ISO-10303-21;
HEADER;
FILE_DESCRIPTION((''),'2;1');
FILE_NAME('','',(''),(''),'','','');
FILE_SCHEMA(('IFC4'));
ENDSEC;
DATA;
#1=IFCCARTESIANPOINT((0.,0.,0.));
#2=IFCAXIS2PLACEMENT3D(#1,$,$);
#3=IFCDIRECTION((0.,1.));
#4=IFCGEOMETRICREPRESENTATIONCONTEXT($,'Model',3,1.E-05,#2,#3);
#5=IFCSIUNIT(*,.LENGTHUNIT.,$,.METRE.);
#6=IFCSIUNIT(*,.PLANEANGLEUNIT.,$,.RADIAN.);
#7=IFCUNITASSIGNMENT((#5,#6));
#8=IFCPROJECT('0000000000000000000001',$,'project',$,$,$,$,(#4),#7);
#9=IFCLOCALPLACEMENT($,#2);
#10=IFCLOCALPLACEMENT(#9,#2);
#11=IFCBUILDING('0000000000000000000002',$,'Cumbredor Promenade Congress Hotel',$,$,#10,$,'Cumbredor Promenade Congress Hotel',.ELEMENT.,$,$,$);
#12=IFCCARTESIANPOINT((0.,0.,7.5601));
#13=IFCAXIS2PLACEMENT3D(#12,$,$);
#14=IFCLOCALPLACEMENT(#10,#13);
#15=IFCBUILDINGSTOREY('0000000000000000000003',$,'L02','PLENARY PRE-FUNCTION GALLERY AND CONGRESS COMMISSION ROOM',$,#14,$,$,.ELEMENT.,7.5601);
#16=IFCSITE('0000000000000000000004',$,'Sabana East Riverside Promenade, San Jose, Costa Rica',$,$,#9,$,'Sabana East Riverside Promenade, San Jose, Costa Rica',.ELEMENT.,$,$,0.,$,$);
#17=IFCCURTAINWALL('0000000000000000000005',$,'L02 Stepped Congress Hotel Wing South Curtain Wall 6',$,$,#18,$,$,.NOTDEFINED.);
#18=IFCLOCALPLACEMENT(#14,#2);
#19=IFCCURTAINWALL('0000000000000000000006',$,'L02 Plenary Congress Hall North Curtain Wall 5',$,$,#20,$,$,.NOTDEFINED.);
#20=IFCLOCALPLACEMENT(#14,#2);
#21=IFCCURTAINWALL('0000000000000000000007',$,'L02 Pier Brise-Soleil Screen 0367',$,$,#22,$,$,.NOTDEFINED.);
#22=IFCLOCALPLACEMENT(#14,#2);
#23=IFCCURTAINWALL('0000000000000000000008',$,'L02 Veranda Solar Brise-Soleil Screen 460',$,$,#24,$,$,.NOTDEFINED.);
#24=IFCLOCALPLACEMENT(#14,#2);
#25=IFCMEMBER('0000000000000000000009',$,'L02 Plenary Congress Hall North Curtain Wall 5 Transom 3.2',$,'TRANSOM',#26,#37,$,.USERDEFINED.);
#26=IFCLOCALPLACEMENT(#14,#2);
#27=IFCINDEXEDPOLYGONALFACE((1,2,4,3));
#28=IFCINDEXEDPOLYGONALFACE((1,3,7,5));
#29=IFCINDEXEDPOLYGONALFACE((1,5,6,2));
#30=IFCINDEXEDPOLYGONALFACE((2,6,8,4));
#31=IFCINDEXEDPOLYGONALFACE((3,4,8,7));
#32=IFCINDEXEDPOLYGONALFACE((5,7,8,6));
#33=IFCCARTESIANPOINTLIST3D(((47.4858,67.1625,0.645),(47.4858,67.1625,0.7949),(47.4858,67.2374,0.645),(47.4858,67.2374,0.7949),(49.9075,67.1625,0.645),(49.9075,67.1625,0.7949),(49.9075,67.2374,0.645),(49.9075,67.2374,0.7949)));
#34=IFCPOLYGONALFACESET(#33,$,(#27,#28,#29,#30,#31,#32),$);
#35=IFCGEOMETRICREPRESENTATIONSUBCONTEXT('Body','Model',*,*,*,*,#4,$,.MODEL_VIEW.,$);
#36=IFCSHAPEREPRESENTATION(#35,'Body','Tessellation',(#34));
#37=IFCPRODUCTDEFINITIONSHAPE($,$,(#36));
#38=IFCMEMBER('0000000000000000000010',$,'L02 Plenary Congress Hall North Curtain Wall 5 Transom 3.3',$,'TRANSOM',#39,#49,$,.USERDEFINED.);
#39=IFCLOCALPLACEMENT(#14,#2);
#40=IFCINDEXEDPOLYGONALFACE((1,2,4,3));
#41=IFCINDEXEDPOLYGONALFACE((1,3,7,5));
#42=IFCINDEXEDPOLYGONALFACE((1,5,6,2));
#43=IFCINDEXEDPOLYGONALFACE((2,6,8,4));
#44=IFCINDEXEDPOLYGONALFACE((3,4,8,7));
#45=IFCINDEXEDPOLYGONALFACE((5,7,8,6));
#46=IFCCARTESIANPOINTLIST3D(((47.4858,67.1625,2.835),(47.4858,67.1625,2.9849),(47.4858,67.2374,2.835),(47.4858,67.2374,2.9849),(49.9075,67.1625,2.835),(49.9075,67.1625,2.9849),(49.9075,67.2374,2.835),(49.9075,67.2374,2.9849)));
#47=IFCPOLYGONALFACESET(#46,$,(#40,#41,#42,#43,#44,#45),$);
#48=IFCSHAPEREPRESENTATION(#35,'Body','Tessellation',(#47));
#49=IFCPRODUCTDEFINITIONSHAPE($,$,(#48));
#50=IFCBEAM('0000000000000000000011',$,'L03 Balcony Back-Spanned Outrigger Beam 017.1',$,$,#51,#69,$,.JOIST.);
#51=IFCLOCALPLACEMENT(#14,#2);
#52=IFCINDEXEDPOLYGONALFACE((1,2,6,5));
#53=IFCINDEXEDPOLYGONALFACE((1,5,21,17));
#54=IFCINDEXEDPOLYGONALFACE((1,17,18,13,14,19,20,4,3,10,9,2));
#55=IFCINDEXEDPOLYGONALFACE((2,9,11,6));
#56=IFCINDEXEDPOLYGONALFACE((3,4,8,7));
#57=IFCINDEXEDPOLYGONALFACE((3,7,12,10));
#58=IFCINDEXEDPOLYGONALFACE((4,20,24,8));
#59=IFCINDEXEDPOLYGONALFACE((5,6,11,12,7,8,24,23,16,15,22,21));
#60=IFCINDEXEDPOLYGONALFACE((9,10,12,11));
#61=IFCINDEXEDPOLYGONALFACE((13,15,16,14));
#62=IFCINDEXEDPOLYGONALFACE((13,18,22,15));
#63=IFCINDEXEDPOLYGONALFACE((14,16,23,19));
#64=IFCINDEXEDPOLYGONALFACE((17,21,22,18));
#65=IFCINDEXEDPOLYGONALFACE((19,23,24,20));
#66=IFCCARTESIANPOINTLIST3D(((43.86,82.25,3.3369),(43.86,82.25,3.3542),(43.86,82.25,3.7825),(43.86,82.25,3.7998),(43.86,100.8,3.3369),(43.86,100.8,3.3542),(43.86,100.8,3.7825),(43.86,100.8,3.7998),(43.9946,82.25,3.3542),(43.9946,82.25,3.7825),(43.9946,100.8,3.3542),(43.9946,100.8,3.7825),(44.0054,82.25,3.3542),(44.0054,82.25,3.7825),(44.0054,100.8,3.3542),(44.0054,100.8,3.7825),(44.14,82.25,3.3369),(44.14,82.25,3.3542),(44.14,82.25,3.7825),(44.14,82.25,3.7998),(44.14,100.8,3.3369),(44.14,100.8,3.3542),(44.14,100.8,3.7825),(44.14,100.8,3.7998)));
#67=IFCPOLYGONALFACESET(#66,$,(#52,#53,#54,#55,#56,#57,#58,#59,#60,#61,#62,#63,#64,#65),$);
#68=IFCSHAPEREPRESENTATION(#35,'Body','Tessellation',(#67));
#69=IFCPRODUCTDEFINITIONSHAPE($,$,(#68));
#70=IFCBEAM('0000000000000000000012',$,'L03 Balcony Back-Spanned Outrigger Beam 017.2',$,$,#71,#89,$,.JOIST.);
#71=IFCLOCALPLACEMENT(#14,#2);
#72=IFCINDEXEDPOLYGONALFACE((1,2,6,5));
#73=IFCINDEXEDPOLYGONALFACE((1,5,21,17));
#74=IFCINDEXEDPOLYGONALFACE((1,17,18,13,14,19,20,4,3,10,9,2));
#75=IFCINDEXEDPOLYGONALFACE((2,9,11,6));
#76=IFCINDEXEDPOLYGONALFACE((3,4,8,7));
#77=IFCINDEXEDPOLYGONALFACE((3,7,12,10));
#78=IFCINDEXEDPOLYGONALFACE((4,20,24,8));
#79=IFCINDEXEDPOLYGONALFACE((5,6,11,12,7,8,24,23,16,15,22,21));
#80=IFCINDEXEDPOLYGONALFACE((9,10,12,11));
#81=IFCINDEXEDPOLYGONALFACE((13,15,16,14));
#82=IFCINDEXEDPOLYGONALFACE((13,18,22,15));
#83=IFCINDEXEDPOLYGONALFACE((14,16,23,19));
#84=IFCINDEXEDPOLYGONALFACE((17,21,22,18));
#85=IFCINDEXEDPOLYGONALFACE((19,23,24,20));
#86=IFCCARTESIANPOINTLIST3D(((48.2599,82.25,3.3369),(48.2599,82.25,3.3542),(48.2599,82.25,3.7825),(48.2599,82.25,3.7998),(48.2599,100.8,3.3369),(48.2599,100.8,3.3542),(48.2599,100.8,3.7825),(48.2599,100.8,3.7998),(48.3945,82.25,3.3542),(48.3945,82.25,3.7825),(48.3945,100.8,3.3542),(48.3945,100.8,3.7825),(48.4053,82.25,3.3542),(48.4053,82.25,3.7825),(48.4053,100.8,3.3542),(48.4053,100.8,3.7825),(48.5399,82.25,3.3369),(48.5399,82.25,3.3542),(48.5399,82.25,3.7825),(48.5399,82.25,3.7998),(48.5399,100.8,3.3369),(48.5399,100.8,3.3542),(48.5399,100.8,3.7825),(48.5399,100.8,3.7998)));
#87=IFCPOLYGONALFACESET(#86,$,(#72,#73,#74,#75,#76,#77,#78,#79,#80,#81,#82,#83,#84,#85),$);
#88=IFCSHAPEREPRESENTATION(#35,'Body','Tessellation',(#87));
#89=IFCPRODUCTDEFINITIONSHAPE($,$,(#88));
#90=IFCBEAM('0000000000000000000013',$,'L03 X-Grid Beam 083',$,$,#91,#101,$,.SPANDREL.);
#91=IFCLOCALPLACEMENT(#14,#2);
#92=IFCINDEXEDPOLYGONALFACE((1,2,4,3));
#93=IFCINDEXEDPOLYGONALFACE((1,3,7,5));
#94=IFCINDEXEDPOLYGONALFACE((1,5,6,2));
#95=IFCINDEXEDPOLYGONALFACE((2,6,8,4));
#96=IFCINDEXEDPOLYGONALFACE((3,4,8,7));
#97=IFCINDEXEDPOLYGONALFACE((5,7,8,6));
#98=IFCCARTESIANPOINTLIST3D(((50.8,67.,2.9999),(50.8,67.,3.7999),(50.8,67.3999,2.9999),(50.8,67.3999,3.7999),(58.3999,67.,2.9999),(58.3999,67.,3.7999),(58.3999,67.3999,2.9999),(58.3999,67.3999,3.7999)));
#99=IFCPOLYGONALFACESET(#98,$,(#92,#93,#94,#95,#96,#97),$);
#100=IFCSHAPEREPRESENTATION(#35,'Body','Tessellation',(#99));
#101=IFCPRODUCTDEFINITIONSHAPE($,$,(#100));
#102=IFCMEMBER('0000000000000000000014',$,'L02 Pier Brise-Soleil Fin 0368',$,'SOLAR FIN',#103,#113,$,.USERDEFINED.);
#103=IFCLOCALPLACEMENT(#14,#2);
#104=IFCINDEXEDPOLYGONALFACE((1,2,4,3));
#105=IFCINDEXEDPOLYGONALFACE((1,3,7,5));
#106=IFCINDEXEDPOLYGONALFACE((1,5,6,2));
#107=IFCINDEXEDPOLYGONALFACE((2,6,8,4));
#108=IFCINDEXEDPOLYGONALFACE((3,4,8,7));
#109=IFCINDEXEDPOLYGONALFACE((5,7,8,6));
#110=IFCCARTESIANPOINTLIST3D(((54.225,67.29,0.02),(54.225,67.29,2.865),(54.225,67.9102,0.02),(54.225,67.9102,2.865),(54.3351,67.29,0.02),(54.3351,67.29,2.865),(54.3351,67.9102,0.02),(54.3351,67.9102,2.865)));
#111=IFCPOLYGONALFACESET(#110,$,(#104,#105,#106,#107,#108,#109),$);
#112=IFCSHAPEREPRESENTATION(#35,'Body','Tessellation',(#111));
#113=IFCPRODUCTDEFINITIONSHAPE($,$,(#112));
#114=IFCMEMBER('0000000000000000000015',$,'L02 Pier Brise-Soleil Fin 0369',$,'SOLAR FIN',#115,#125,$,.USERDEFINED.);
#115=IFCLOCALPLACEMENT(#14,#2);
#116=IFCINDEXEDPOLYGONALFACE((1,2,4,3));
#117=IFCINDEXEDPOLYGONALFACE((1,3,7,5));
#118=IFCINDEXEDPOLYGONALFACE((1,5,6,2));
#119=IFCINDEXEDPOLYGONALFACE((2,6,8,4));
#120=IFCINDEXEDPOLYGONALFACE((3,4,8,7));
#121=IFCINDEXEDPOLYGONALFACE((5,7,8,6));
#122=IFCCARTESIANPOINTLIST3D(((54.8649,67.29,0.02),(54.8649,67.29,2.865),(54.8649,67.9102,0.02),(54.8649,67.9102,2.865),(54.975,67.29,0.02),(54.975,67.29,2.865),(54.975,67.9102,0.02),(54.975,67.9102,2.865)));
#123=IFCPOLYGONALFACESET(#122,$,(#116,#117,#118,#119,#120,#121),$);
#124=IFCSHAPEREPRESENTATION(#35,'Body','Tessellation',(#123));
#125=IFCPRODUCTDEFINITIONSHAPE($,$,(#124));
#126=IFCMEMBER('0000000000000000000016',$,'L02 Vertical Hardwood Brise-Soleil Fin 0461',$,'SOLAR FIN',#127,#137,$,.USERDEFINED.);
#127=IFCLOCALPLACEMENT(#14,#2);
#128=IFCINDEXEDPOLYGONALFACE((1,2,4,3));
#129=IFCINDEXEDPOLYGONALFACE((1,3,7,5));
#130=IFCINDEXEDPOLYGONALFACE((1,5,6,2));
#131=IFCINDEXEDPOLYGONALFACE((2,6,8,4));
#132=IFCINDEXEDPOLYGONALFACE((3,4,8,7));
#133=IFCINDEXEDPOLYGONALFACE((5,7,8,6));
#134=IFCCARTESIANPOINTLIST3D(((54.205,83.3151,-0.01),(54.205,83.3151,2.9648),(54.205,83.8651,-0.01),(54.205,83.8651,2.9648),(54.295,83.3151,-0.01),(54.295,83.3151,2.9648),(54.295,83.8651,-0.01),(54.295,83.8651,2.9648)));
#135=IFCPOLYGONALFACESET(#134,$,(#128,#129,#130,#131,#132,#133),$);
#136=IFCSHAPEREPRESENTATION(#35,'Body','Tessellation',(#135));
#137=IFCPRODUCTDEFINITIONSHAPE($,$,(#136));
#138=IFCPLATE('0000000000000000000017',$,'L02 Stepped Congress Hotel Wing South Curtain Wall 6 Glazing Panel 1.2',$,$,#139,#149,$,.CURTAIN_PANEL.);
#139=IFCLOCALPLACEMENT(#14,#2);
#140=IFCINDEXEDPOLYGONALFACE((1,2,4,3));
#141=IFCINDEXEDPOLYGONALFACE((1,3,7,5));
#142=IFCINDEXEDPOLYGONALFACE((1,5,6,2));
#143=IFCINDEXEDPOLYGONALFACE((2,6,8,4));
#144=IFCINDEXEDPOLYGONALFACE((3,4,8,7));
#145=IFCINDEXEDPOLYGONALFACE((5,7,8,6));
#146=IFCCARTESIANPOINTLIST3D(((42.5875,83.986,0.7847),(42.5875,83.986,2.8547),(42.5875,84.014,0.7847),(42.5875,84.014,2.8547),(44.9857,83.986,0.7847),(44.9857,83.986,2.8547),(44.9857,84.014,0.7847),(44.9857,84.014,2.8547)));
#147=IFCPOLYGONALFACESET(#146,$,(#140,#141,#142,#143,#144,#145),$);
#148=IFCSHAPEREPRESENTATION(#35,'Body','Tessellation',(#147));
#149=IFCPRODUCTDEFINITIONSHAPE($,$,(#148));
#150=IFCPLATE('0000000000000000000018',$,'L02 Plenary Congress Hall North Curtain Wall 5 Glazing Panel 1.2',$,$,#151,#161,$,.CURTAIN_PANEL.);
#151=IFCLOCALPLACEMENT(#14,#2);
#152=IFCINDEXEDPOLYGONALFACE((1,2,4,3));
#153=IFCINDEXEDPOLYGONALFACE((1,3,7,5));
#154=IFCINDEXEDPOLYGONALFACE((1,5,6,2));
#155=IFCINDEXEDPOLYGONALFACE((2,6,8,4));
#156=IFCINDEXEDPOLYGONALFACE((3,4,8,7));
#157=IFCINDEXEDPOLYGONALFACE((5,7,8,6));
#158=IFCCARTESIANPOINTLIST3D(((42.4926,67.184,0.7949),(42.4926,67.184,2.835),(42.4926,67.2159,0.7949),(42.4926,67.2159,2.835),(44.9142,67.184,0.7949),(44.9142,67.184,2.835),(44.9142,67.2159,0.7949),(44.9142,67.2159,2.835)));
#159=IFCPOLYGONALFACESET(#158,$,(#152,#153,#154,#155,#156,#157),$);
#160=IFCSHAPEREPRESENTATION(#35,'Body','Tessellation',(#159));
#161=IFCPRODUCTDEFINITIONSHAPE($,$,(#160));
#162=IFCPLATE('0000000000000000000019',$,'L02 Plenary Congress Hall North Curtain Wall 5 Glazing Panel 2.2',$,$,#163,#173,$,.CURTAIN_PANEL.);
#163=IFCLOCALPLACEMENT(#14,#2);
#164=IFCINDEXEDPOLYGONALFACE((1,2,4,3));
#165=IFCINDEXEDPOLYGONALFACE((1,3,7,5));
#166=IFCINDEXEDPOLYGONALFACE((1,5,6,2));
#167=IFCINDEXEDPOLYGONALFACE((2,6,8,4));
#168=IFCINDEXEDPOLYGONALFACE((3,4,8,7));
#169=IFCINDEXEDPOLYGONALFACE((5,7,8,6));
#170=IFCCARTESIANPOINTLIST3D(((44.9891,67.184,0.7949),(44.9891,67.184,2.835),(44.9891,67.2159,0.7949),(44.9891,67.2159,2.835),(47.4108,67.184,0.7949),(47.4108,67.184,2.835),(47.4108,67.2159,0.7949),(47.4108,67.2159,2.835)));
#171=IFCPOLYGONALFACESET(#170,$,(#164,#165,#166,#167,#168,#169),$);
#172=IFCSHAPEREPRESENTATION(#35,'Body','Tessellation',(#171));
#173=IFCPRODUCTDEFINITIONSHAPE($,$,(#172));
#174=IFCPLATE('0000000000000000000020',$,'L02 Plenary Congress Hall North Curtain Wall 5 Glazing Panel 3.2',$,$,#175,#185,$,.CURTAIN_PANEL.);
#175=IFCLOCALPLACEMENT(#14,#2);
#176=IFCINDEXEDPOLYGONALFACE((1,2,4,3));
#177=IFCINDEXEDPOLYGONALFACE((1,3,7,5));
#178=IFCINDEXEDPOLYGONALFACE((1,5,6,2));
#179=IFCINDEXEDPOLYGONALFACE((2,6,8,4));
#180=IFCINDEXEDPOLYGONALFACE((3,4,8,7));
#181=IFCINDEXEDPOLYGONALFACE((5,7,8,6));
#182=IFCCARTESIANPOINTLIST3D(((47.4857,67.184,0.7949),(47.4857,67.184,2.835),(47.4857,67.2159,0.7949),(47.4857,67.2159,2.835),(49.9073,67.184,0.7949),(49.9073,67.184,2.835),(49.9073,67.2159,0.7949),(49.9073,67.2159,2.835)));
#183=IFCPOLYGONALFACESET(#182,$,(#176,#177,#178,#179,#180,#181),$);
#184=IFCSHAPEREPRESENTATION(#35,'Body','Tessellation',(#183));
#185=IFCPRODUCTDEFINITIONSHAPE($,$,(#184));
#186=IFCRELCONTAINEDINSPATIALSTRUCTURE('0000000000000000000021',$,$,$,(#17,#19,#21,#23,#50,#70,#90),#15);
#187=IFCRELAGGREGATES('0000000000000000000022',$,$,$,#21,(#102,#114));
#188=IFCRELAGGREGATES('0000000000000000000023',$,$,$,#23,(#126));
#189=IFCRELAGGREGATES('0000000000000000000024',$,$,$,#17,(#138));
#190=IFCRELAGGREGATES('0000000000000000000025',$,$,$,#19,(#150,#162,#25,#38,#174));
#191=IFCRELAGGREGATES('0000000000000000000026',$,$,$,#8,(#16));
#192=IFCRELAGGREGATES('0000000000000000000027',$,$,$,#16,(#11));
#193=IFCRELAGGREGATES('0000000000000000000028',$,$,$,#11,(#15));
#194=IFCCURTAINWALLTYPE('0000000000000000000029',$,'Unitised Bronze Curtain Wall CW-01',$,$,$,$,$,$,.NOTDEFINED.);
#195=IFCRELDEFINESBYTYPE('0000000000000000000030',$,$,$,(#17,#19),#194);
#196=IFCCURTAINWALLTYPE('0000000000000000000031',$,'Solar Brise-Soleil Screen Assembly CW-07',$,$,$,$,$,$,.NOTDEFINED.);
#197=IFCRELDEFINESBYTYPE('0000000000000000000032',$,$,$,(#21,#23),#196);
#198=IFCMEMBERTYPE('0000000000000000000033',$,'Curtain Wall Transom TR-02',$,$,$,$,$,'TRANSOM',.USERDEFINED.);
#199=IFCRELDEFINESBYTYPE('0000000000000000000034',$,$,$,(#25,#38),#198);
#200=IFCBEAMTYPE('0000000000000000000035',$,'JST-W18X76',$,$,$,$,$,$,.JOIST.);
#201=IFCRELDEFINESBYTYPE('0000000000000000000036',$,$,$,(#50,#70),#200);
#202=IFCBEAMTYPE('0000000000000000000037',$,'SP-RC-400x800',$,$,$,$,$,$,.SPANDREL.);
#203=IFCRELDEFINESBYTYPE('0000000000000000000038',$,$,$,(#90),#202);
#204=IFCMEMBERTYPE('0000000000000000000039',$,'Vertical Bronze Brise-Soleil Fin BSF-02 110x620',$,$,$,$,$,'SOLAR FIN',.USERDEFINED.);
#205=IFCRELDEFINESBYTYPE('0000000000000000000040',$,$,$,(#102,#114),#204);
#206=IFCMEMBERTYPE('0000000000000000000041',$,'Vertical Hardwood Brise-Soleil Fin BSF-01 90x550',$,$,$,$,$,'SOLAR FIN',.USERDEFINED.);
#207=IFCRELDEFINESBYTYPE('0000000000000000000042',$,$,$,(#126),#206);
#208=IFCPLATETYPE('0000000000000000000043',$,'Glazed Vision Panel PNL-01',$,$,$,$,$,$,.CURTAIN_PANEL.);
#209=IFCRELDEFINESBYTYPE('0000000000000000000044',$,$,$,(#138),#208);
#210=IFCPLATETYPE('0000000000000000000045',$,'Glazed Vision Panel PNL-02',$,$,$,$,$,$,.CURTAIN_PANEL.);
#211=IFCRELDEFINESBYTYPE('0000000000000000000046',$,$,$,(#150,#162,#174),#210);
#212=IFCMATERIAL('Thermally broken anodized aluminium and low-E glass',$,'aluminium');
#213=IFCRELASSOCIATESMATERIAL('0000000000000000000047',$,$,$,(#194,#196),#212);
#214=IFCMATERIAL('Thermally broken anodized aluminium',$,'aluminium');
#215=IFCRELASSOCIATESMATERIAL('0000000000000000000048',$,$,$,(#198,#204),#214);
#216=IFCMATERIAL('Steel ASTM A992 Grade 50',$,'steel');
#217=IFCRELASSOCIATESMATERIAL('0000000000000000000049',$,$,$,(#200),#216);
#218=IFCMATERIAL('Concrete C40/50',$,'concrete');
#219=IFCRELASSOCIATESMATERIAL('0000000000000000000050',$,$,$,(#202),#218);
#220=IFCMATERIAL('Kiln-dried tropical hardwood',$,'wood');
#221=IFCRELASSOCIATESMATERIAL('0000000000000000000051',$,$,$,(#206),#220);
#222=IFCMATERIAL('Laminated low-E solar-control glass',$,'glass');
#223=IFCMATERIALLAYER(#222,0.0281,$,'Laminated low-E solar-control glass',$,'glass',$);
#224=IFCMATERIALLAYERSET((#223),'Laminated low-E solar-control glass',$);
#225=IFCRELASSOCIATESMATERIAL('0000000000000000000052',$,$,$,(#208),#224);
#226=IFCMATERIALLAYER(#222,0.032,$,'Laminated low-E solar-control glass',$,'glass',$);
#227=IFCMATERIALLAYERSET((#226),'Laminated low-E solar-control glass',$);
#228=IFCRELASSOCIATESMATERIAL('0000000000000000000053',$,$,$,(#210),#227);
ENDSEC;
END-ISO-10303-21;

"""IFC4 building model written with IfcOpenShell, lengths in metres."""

from ifc_helpers import new_model, si_unit, direction, frame, origin, origin_2d, place, context, subcontext, project, spatial, rectangle, i_section, extrude, material, layer, layer_set, material_profile, profile_set, type_object, element, aggregate, save


model = new_model("IFC4")

# Units and contexts
model_context = context("Model", 3, precision=1e-05, world=origin(), true_north=direction((0.0, 1.0)))
body_context = subcontext(model_context, "Body", "Model", "MODEL_VIEW")
ifc_project = project(units=[si_unit("LENGTHUNIT", "METRE"), si_unit("PLANEANGLEUNIT", "RADIAN")], contexts=[model_context])

# Site, building, storey
site_placement = place(None, origin())
site = spatial("IfcSite", under=ifc_project, at=site_placement, Name="Sabana East Riverside Promenade, San Jose, Costa Rica", LongName="Sabana East Riverside Promenade, San Jose, Costa Rica", CompositionType="ELEMENT", RefElevation=0.0)
building_placement = place(site_placement, origin())
building = spatial("IfcBuilding", under=site, at=building_placement, Name="Cumbredor Promenade Congress Hotel", LongName="Cumbredor Promenade Congress Hotel", CompositionType="ELEMENT")
storey_placement = place(building_placement, frame((0.0, 0.0, 7.5601)))
storey = spatial("IfcBuildingStorey", under=building, at=storey_placement, Name="L02", Description="PLENARY PRE-FUNCTION GALLERY AND CONGRESS COMMISSION ROOM", CompositionType="ELEMENT", Elevation=7.5601)

# Curtain wall
ifc_material_1 = material(Name="Thermally broken anodized aluminium and low-E glass", Category="aluminium")
curtain_wall_type_1 = type_object("IfcCurtainWallType", Name="Unitised Bronze Curtain Wall CW-01", PredefinedType="NOTDEFINED", material=ifc_material_1)
curtain_wall_1_placement = place(storey_placement, origin())
curtain_wall_1 = element("IfcCurtainWall", 1, at=curtain_wall_1_placement, inside=storey, type_object=curtain_wall_type_1, Name="L02 Stepped Congress Hotel Wing South Curtain Wall 6", PredefinedType="NOTDEFINED")
ifc_material_2 = material(Name="Thermally broken anodized aluminium", Category="aluminium")

# Curtain wall
curtain_wall_2_placement = place(storey_placement, origin())
curtain_wall_2 = element("IfcCurtainWall", 2, at=curtain_wall_2_placement, inside=storey, type_object=curtain_wall_type_1, Name="L02 Plenary Congress Hall North Curtain Wall 5", PredefinedType="NOTDEFINED")

# Curtain wall
curtain_wall_type_2 = type_object("IfcCurtainWallType", Name="Solar Brise-Soleil Screen Assembly CW-07", PredefinedType="NOTDEFINED", material=ifc_material_1)
curtain_wall_3_placement = place(storey_placement, origin())
curtain_wall_3 = element("IfcCurtainWall", 3, at=curtain_wall_3_placement, inside=storey, type_object=curtain_wall_type_2, Name="L02 Pier Brise-Soleil Screen 0367", PredefinedType="NOTDEFINED")

# Curtain wall
curtain_wall_4_placement = place(storey_placement, origin())
curtain_wall_4 = element("IfcCurtainWall", 4, at=curtain_wall_4_placement, inside=storey, type_object=curtain_wall_type_2, Name="L02 Veranda Solar Brise-Soleil Screen 460", PredefinedType="NOTDEFINED")

# Members
ifc_material_profile_1 = material_profile(ifc_material_2, rectangle(XDim=0.075, YDim=0.1499, at=origin_2d()), Name="ALU TRANSOM 75x150")
ifc_profile_set_1 = profile_set([ifc_material_profile_1], Name="Thermally broken anodized aluminium")
member_type_1 = type_object("IfcMemberType", Name="Curtain Wall Transom TR-02", ElementType="TRANSOM", PredefinedType="USERDEFINED", material=ifc_profile_set_1)
member_1_placement = place(storey_placement, frame((47.4858, 67.2, 0.72), z_axis=(1.0, 0.0, 0.0), x_axis=(0.0, 1.0, 0.0)))
member_1 = element("IfcMember", 5, at=member_1_placement, type_object=member_type_1, Name="L02 Plenary Congress Hall North Curtain Wall 5 Transom 3.2", ObjectType="TRANSOM", PredefinedType="USERDEFINED", context=body_context, shape_type="SweptSolid", body=[
    extrude(rectangle(XDim=0.075, YDim=0.1499, at=origin_2d()), origin(), (0.0, 0.0, 1.0), 2.4216),
])
member_2_placement = place(storey_placement, frame((47.4858, 67.2, 2.9099), z_axis=(1.0, 0.0, 0.0), x_axis=(0.0, 1.0, 0.0)))
member_2 = element("IfcMember", 6, at=member_2_placement, type_object=member_type_1, Name="L02 Plenary Congress Hall North Curtain Wall 5 Transom 3.3", ObjectType="TRANSOM", PredefinedType="USERDEFINED", context=body_context, shape_type="SweptSolid", body=[
    extrude(rectangle(XDim=0.075, YDim=0.1499, at=origin_2d()), origin(), (0.0, 0.0, 1.0), 2.4216),
])

# Beams
ifc_material_3 = material(Name="Steel ASTM A992 Grade 50", Category="steel")
ifc_material_profile_2 = material_profile(ifc_material_3, i_section(OverallWidth=0.28, OverallDepth=0.4629, WebThickness=0.0107, FlangeThickness=0.0173, at=origin_2d()), Name="W18X76")
ifc_profile_set_2 = profile_set([ifc_material_profile_2], Name="Steel ASTM A992 Grade 50")
beam_type_1 = type_object("IfcBeamType", Name="JST-W18X76", PredefinedType="JOIST", material=ifc_profile_set_2)
for number, where, z_axis, x_axis, name in (
    (7, (44.0, 82.25, 3.5684), (0.0, 1.0, 0.0), (-1.0, 0.0, 0.0), "L03 Balcony Back-Spanned Outrigger Beam 017.1"),
    (8, (48.3999, 82.25, 3.5684), (0.0, 1.0, 0.0), (-1.0, 0.0, 0.0), "L03 Balcony Back-Spanned Outrigger Beam 017.2"),
):
    element("IfcBeam", number, at=place(storey_placement, frame(where, z_axis=z_axis, x_axis=x_axis)), inside=storey, type_object=beam_type_1, Name=name, PredefinedType="JOIST", context=body_context, shape_type="SweptSolid", body=[
        extrude(i_section(OverallWidth=0.28, OverallDepth=0.4629, WebThickness=0.0107, FlangeThickness=0.0173, at=origin_2d()), origin(), (0.0, 0.0, 1.0), 18.55),
    ])
ifc_material_4 = material(Name="Concrete C40/50", Category="concrete")
ifc_material_profile_3 = material_profile(ifc_material_4, rectangle(XDim=0.3999, YDim=0.8, at=origin_2d()), Name="RC SPANDREL 400x800")
ifc_profile_set_3 = profile_set([ifc_material_profile_3], Name="Concrete C40/50")
beam_type_2 = type_object("IfcBeamType", Name="SP-RC-400x800", PredefinedType="SPANDREL", material=ifc_profile_set_3)
beam_placement = place(storey_placement, frame((50.8, 67.2, 3.3999), z_axis=(1.0, 0.0, 0.0), x_axis=(0.0, 1.0, 0.0)))
element("IfcBeam", 9, at=beam_placement, inside=storey, type_object=beam_type_2, Name="L03 X-Grid Beam 083", PredefinedType="SPANDREL", context=body_context, shape_type="SweptSolid", body=[
    extrude(rectangle(XDim=0.3999, YDim=0.8, at=origin_2d()), origin(), (0.0, 0.0, 1.0), 7.5999),
])

# Members
ifc_material_profile_4 = material_profile(ifc_material_2, rectangle(XDim=0.1101, YDim=0.6201, at=origin_2d()), Name="ARCH FIN 110x620")
ifc_profile_set_4 = profile_set([ifc_material_profile_4], Name="Thermally broken anodized aluminium")
member_type_2 = type_object("IfcMemberType", Name="Vertical Bronze Brise-Soleil Fin BSF-02 110x620", ElementType="SOLAR FIN", PredefinedType="USERDEFINED", material=ifc_profile_set_4)
member_3_placement = place(storey_placement, frame((54.28, 67.6001, 0.02), z_axis=(0.0, 0.0, 1.0), x_axis=(1.0, 0.0, 0.0)))
member_3 = element("IfcMember", 10, at=member_3_placement, type_object=member_type_2, Name="L02 Pier Brise-Soleil Fin 0368", ObjectType="SOLAR FIN", PredefinedType="USERDEFINED", context=body_context, shape_type="SweptSolid", body=[
    extrude(rectangle(XDim=0.1101, YDim=0.6201, at=origin_2d()), origin(), (0.0, 0.0, 1.0), 2.845),
])
member_4_placement = place(storey_placement, frame((54.9199, 67.6001, 0.02), z_axis=(0.0, 0.0, 1.0), x_axis=(1.0, 0.0, 0.0)))
member_4 = element("IfcMember", 11, at=member_4_placement, type_object=member_type_2, Name="L02 Pier Brise-Soleil Fin 0369", ObjectType="SOLAR FIN", PredefinedType="USERDEFINED", context=body_context, shape_type="SweptSolid", body=[
    extrude(rectangle(XDim=0.1101, YDim=0.6201, at=origin_2d()), origin(), (0.0, 0.0, 1.0), 2.845),
])
aggregate(curtain_wall_3, [member_3, member_4])
ifc_material_5 = material(Name="Kiln-dried tropical hardwood", Category="wood")
ifc_material_profile_5 = material_profile(ifc_material_5, rectangle(XDim=0.0901, YDim=0.55, at=origin_2d()), Name="ARCH FIN 90x550")
ifc_profile_set_5 = profile_set([ifc_material_profile_5], Name="Kiln-dried tropical hardwood")
member_type_3 = type_object("IfcMemberType", Name="Vertical Hardwood Brise-Soleil Fin BSF-01 90x550", ElementType="SOLAR FIN", PredefinedType="USERDEFINED", material=ifc_profile_set_5)
member_5_placement = place(storey_placement, frame((54.25, 83.5901, -0.01), z_axis=(0.0, 0.0, 1.0), x_axis=(1.0, 0.0, 0.0)))
member_5 = element("IfcMember", 12, at=member_5_placement, type_object=member_type_3, Name="L02 Vertical Hardwood Brise-Soleil Fin 0461", ObjectType="SOLAR FIN", PredefinedType="USERDEFINED", context=body_context, shape_type="SweptSolid", body=[
    extrude(rectangle(XDim=0.0901, YDim=0.55, at=origin_2d()), origin(), (0.0, 0.0, 1.0), 2.9749),
])
aggregate(curtain_wall_4, [member_5])

# Plates
ifc_material_6 = material(Name="Laminated low-E solar-control glass", Category="glass")
ifc_layer_1 = layer(ifc_material_6, 0.0281, Name="Laminated low-E solar-control glass", Category="glass")
ifc_layer_set_1 = layer_set([ifc_layer_1], Name="Laminated low-E solar-control glass")
plate_type_1 = type_object("IfcPlateType", Name="Glazed Vision Panel PNL-01", PredefinedType="CURTAIN_PANEL", material=ifc_layer_set_1)
plate_1_placement = place(storey_placement, frame((43.7866, 84.0, 0.7847), z_axis=(0.0, 0.0, 1.0), x_axis=(1.0, 0.0, 0.0)))
plate_1 = element("IfcPlate", 13, at=plate_1_placement, type_object=plate_type_1, Name="L02 Stepped Congress Hotel Wing South Curtain Wall 6 Glazing Panel 1.2", PredefinedType="CURTAIN_PANEL", context=body_context, shape_type="SweptSolid", body=[
    extrude(rectangle(XDim=2.3982, YDim=0.0281, at=origin_2d()), origin(), (0.0, 0.0, 1.0), 2.0701),
])
ifc_layer_2 = layer(ifc_material_6, 0.032, Name="Laminated low-E solar-control glass", Category="glass")
ifc_layer_set_2 = layer_set([ifc_layer_2], Name="Laminated low-E solar-control glass")
plate_type_2 = type_object("IfcPlateType", Name="Glazed Vision Panel PNL-02", PredefinedType="CURTAIN_PANEL", material=ifc_layer_set_2)
plate_2_placement = place(storey_placement, frame((43.7034, 67.2, 0.7949), z_axis=(0.0, 0.0, 1.0), x_axis=(1.0, 0.0, 0.0)))
plate_2 = element("IfcPlate", 14, at=plate_2_placement, type_object=plate_type_2, Name="L02 Plenary Congress Hall North Curtain Wall 5 Glazing Panel 1.2", PredefinedType="CURTAIN_PANEL", context=body_context, shape_type="SweptSolid", body=[
    extrude(rectangle(XDim=2.4216, YDim=0.032, at=origin_2d()), origin(), (0.0, 0.0, 1.0), 2.04),
])
plate_3_placement = place(storey_placement, frame((46.2, 67.2, 0.7949), z_axis=(0.0, 0.0, 1.0), x_axis=(1.0, 0.0, 0.0)))
plate_3 = element("IfcPlate", 15, at=plate_3_placement, type_object=plate_type_2, Name="L02 Plenary Congress Hall North Curtain Wall 5 Glazing Panel 2.2", PredefinedType="CURTAIN_PANEL", context=body_context, shape_type="SweptSolid", body=[
    extrude(rectangle(XDim=2.4216, YDim=0.032, at=origin_2d()), origin(), (0.0, 0.0, 1.0), 2.04),
])
plate_4_placement = place(storey_placement, frame((48.6965, 67.2, 0.7949), z_axis=(0.0, 0.0, 1.0), x_axis=(1.0, 0.0, 0.0)))
plate_4 = element("IfcPlate", 16, at=plate_4_placement, type_object=plate_type_2, Name="L02 Plenary Congress Hall North Curtain Wall 5 Glazing Panel 3.2", PredefinedType="CURTAIN_PANEL", context=body_context, shape_type="SweptSolid", body=[
    extrude(rectangle(XDim=2.4216, YDim=0.032, at=origin_2d()), origin(), (0.0, 0.0, 1.0), 2.04),
])
aggregate(curtain_wall_1, [plate_1])
aggregate(curtain_wall_2, [plate_2, plate_3, member_1, member_2, plate_4])

save(model, "model.ifc")
